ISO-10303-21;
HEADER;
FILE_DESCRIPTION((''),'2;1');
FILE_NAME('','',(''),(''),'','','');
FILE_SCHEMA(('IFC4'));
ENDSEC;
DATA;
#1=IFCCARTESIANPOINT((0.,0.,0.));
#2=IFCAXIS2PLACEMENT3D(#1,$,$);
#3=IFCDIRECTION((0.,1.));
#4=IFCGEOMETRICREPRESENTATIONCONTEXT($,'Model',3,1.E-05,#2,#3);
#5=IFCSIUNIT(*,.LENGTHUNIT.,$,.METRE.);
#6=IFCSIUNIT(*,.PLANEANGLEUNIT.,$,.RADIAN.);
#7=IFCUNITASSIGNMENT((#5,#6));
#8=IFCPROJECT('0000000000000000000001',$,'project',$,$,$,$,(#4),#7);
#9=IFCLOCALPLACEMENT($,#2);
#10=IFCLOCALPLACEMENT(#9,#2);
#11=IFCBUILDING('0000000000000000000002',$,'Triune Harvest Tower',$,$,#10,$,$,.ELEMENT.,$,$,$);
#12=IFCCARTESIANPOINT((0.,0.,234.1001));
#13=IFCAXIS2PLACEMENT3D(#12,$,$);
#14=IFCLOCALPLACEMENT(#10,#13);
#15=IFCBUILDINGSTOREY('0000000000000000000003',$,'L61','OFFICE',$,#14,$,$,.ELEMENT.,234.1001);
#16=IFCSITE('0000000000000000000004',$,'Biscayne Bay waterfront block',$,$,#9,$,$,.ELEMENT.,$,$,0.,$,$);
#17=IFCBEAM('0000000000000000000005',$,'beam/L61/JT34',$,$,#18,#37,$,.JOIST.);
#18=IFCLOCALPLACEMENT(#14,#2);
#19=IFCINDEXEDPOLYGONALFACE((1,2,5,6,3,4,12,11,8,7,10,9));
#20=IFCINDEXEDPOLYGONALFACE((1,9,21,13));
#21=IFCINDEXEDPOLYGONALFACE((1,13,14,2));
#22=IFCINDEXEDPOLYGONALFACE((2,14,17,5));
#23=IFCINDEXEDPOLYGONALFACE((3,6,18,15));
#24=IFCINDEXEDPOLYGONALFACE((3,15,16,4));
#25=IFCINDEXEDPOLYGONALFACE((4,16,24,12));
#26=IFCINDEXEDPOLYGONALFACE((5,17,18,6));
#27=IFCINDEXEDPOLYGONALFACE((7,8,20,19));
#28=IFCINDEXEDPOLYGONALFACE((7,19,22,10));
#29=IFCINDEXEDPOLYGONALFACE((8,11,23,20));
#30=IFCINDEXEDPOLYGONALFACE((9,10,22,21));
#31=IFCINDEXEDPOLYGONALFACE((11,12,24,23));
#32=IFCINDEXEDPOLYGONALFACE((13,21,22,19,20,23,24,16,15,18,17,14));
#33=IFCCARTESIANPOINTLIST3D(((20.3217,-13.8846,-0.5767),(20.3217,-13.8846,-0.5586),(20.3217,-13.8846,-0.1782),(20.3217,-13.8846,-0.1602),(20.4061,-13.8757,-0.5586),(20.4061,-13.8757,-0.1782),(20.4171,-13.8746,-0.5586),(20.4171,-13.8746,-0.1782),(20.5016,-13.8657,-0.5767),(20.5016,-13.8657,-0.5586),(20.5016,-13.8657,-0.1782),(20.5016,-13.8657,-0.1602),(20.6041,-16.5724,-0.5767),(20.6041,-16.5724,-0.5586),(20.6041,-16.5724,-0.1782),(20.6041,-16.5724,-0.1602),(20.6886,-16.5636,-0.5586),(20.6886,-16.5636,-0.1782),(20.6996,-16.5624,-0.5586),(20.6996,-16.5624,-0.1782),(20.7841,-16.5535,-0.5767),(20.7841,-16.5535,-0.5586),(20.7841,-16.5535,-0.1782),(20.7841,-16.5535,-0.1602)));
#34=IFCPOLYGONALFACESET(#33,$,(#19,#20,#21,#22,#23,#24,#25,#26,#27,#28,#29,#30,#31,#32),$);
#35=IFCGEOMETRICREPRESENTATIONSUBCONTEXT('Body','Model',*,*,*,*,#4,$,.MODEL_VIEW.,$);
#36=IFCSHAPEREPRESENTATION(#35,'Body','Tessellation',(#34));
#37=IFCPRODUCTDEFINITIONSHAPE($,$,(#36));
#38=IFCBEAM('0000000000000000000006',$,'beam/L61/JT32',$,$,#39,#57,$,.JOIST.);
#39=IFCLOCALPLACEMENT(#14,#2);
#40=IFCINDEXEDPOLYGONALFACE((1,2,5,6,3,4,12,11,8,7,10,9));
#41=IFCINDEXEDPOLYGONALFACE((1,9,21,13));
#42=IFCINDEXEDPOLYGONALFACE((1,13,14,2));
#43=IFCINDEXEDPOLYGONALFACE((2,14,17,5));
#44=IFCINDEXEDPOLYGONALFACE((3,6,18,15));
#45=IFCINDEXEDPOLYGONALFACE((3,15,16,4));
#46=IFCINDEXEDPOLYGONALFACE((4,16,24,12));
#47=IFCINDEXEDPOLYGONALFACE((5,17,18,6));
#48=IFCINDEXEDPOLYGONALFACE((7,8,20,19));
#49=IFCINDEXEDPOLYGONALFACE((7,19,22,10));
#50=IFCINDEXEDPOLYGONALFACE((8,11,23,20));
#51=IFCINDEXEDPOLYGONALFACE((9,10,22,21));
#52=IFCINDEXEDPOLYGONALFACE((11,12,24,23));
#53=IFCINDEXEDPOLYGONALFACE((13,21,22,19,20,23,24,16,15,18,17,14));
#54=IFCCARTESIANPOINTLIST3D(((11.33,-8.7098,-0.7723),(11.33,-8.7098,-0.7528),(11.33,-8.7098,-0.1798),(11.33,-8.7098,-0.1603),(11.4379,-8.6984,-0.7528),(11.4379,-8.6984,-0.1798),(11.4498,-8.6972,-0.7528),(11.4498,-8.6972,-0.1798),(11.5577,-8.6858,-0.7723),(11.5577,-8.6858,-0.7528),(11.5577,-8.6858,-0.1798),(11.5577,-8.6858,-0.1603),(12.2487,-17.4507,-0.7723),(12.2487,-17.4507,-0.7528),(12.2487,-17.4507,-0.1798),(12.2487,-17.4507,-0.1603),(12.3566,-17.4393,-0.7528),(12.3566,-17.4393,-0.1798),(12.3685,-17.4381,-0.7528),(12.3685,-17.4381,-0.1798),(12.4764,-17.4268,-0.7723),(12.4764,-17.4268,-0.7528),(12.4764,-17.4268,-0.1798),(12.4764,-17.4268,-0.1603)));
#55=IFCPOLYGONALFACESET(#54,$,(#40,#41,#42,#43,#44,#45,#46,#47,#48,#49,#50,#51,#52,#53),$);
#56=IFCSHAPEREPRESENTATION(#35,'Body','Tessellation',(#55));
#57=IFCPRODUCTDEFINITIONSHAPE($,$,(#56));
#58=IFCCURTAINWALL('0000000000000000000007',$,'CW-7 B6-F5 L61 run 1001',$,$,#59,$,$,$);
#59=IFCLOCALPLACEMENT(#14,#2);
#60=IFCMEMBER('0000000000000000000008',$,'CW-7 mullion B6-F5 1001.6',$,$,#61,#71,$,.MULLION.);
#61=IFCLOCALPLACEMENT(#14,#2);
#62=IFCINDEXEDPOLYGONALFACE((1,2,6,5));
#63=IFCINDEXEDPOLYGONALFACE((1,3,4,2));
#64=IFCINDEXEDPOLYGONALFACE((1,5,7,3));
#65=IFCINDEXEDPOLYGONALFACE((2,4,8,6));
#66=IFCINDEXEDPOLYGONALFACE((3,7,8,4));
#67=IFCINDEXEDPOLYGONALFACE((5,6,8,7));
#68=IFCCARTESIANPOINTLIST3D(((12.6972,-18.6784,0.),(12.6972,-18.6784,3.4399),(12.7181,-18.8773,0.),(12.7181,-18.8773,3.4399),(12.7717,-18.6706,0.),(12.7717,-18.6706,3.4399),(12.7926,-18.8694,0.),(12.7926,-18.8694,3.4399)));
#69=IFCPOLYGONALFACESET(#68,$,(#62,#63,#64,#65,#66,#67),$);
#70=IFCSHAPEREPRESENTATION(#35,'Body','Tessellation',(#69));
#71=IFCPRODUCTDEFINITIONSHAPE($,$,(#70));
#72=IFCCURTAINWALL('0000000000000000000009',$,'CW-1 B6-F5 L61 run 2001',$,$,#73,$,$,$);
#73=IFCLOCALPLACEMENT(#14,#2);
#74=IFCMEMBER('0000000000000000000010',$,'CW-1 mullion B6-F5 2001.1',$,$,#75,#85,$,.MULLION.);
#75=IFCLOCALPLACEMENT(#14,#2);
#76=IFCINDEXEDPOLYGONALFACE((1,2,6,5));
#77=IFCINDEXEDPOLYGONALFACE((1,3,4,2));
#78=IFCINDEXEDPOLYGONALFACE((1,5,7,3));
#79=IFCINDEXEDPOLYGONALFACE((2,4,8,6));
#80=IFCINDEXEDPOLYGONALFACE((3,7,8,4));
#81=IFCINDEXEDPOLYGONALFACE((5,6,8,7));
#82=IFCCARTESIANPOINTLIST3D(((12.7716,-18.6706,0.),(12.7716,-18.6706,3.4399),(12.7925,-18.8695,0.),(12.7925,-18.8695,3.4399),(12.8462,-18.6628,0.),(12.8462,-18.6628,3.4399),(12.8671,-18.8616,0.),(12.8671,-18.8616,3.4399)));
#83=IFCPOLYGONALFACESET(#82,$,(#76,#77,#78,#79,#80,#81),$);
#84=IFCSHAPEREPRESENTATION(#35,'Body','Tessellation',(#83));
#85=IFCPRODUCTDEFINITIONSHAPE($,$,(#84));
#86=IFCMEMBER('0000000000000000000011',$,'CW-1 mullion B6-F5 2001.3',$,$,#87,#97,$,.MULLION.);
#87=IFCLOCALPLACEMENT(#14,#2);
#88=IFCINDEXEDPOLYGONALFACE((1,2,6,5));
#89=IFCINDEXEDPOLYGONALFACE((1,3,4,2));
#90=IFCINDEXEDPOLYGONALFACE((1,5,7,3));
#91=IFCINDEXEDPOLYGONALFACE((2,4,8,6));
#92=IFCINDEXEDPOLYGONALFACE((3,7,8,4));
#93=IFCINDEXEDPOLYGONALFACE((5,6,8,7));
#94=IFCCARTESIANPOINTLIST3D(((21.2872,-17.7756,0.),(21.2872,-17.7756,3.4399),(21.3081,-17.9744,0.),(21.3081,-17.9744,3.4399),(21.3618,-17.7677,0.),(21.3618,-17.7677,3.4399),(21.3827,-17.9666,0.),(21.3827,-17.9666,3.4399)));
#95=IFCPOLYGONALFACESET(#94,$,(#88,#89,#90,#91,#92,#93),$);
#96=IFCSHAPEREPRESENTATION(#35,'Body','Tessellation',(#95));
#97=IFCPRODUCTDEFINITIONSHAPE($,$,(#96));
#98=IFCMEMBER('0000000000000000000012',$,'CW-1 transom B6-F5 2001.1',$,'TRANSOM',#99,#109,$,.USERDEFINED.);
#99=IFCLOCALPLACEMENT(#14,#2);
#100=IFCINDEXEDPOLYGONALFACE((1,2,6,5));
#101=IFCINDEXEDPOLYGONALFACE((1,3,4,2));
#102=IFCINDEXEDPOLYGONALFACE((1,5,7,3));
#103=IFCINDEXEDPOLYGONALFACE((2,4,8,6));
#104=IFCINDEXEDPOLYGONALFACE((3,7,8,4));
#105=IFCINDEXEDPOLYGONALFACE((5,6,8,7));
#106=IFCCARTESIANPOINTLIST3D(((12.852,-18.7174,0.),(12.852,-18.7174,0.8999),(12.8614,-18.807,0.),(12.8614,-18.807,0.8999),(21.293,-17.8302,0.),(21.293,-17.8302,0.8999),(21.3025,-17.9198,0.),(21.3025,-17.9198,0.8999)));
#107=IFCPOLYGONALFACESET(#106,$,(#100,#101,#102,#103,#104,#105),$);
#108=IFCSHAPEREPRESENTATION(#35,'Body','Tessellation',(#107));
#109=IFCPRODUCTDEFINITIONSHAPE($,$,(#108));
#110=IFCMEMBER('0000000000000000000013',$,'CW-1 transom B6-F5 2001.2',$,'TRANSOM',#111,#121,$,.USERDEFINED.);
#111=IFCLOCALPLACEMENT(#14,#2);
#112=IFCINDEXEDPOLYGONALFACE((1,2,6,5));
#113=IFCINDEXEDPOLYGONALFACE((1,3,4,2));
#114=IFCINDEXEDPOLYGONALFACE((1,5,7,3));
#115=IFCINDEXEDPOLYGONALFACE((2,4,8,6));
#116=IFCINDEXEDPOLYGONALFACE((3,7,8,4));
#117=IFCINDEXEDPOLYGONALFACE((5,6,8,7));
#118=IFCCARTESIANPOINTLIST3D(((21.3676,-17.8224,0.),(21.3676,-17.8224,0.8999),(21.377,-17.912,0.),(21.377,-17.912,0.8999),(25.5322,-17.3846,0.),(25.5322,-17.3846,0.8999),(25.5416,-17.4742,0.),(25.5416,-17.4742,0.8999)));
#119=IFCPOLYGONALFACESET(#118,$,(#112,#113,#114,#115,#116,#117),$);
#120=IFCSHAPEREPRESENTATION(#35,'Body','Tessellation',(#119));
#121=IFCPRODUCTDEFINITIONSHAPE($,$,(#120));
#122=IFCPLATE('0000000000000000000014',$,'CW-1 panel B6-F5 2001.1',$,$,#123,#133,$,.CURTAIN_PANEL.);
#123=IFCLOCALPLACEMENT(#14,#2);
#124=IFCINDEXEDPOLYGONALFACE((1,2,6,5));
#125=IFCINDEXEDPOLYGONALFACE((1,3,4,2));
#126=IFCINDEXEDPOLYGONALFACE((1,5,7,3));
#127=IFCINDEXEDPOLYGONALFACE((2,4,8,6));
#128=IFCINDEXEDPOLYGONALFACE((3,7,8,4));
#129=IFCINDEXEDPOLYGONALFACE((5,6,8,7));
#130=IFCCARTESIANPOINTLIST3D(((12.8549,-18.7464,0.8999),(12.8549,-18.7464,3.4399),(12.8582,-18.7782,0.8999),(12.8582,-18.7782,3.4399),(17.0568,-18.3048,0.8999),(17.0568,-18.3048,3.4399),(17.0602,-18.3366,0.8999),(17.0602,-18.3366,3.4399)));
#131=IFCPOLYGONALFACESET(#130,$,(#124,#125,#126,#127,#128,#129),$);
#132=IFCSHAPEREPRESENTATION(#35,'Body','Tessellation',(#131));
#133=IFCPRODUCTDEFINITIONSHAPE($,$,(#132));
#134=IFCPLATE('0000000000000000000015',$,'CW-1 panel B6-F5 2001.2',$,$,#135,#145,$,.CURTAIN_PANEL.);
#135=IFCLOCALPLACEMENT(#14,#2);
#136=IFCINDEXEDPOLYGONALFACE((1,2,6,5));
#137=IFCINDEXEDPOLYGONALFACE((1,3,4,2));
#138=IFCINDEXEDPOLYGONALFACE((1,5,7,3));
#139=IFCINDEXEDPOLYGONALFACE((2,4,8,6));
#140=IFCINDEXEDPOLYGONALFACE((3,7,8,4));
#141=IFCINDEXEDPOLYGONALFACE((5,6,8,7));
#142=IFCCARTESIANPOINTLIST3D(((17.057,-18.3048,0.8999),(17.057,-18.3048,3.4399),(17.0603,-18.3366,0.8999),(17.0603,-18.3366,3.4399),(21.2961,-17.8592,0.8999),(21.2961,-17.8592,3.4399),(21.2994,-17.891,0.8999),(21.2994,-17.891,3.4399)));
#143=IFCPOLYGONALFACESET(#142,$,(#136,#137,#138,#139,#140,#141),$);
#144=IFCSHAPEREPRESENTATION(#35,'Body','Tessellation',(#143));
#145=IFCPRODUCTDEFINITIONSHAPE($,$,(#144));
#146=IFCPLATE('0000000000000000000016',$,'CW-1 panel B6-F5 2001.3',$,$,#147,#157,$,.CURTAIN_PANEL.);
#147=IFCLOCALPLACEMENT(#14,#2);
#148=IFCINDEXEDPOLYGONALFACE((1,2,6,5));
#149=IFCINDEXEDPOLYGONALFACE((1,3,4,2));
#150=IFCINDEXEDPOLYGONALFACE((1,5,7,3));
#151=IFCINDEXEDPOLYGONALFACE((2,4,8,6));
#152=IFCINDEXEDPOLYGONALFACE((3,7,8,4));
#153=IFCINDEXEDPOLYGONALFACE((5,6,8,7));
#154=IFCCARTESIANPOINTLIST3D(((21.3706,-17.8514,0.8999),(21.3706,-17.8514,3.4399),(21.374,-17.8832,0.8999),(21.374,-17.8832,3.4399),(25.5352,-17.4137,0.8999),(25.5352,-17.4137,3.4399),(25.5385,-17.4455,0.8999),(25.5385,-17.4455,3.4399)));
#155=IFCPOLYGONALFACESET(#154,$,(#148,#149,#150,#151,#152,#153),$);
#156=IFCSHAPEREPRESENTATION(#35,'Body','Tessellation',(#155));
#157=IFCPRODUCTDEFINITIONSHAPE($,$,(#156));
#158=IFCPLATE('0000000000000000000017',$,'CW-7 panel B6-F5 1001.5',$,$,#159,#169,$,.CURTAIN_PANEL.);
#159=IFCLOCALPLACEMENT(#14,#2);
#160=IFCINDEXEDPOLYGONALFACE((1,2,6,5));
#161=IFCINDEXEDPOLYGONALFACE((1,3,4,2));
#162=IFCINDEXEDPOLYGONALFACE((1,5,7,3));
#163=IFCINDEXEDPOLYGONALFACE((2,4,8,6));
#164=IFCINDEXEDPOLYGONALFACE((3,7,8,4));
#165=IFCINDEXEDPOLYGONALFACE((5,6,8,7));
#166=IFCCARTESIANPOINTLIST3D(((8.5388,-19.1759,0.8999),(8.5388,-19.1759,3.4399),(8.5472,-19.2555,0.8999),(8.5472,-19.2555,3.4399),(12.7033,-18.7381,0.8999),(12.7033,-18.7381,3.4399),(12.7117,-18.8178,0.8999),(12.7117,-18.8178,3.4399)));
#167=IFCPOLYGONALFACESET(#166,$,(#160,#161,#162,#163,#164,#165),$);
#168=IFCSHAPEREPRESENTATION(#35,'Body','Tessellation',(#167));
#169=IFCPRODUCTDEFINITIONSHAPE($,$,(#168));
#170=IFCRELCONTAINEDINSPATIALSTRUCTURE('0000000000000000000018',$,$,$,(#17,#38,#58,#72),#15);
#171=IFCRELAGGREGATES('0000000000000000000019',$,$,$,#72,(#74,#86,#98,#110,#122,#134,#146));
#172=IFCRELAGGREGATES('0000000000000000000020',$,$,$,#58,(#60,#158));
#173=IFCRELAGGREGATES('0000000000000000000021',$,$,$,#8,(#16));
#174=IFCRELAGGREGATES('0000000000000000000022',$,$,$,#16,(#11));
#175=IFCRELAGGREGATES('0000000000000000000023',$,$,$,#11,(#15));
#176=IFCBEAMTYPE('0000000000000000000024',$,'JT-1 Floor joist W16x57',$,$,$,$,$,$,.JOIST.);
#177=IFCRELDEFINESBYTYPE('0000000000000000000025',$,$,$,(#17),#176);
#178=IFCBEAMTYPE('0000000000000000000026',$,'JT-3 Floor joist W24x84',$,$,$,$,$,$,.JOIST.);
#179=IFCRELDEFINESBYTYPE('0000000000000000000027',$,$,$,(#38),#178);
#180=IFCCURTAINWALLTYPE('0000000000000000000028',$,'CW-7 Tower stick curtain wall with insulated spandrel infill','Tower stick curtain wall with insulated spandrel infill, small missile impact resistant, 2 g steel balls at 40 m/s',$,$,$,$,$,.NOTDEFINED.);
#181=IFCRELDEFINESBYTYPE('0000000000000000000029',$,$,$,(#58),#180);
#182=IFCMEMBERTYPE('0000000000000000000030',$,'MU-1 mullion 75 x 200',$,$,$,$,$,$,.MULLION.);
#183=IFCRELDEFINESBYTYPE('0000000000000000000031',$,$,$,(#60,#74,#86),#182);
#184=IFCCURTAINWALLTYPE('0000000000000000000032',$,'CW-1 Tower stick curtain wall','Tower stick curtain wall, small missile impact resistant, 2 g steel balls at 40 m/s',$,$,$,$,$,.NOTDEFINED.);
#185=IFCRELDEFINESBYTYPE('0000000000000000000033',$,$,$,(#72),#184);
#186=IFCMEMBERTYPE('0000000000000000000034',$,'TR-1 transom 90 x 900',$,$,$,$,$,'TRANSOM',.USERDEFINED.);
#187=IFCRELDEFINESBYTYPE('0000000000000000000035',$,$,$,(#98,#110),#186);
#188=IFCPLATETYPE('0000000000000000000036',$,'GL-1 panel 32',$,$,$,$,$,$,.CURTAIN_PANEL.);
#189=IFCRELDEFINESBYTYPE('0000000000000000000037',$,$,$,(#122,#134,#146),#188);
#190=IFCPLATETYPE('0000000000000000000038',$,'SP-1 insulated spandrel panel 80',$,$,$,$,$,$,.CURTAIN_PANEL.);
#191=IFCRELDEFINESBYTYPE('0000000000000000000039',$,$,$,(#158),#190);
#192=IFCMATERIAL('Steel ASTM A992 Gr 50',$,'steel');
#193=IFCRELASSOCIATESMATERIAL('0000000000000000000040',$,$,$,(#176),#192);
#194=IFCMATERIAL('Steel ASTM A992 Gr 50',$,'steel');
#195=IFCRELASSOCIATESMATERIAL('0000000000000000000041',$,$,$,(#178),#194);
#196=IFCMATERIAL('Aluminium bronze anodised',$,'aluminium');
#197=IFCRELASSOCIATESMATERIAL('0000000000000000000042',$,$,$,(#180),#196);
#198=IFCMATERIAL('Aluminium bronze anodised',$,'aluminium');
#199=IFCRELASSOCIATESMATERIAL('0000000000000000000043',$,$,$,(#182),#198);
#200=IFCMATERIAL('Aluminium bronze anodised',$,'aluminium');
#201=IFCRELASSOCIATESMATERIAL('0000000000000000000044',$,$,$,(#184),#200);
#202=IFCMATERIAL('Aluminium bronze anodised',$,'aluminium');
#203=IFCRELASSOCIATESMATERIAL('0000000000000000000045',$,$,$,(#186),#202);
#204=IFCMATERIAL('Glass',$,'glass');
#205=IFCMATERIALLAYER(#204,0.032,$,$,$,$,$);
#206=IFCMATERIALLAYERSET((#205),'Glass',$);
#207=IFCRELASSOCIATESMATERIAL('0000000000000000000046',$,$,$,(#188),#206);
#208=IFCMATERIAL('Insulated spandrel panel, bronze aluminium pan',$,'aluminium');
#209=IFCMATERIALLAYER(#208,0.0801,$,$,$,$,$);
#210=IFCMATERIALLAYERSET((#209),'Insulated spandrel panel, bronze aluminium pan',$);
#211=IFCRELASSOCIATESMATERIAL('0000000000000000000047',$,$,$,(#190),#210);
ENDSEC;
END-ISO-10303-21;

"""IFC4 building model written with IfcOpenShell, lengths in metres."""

from ifc_helpers import new_model, si_unit, direction, frame, origin, origin_2d, place, context, subcontext, project, spatial, rectangle, i_section, extrude, source, transform, mapped, material, layer, layer_set, material_profile, profile_set, type_object, element, aggregate, save


model = new_model("IFC4")

# Units and contexts
model_context = context("Model", 3, precision=1e-05, world=origin(), true_north=direction((0.0, 1.0)))
body_context = subcontext(model_context, "Body", "Model", "MODEL_VIEW")
ifc_project = project(units=[si_unit("LENGTHUNIT", "METRE"), si_unit("PLANEANGLEUNIT", "RADIAN")], contexts=[model_context])

# Site, building, storey
site_placement = place(None, origin())
site = spatial("IfcSite", under=ifc_project, at=site_placement, Name="Biscayne Bay waterfront block", CompositionType="ELEMENT", RefElevation=0.0)
building_placement = place(site_placement, origin())
building = spatial("IfcBuilding", under=site, at=building_placement, Name="Triune Harvest Tower", CompositionType="ELEMENT")
storey_placement = place(building_placement, frame((0.0, 0.0, 234.1001)))
storey = spatial("IfcBuildingStorey", under=building, at=storey_placement, Name="L61", Description="OFFICE", CompositionType="ELEMENT", Elevation=234.1001)

# Beams
ifc_material_1 = material(Name="Steel ASTM A992 Gr 50", Category="steel")
ifc_material_profile_1 = material_profile(ifc_material_1, i_section(OverallWidth=0.1809, OverallDepth=0.4165, WebThickness=0.011, FlangeThickness=0.0181, at=origin_2d()), Name="W16x57")
ifc_profile_set_1 = profile_set([ifc_material_profile_1], Name="Steel ASTM A992 Gr 50")
beam_type_1 = type_object("IfcBeamType", Name="JT-1 Floor joist W16x57", PredefinedType="JOIST", material=ifc_profile_set_1)
shared_shape_1 = source(origin(), body_context, "Body", "SweptSolid", [
    extrude(i_section(OverallWidth=0.1809, OverallDepth=0.4165, WebThickness=0.011, FlangeThickness=0.0181, at=origin_2d()), origin(), (0.0, 0.0, 1.0), 2.7026),
])
beam_1_placement = place(storey_placement, frame((20.6941, -16.563, -0.3684), z_axis=(-0.10452, 0.994523, 0.0), x_axis=(-0.994523, -0.10452, 0.0)))
element("IfcBeam", 1, at=beam_1_placement, inside=storey, type_object=beam_type_1, Name="beam/L61/JT34", PredefinedType="JOIST", context=body_context, shape_type="MappedRepresentation", body=[
    mapped(shared_shape_1, transform((0.0, 0.0, 0.0), scale=1.0)),
])
ifc_material_2 = material(Name="Steel ASTM A992 Gr 50", Category="steel")
ifc_material_profile_2 = material_profile(ifc_material_2, i_section(OverallWidth=0.229, OverallDepth=0.6121, WebThickness=0.012, FlangeThickness=0.0195, at=origin_2d()), Name="W24x84")
ifc_profile_set_2 = profile_set([ifc_material_profile_2], Name="Steel ASTM A992 Gr 50")
beam_type_2 = type_object("IfcBeamType", Name="JT-3 Floor joist W24x84", PredefinedType="JOIST", material=ifc_profile_set_2)
shared_shape_2 = source(origin(), body_context, "Body", "SweptSolid", [
    extrude(i_section(OverallWidth=0.229, OverallDepth=0.6121, WebThickness=0.012, FlangeThickness=0.0195, at=origin_2d()), origin(), (0.0, 0.0, 1.0), 8.7891),
])
beam_2_placement = place(storey_placement, frame((12.3625, -17.4387, -0.4663), z_axis=(-0.104527, 0.994522, 0.0), x_axis=(-0.994522, -0.104527, 0.0)))
element("IfcBeam", 2, at=beam_2_placement, inside=storey, type_object=beam_type_2, Name="beam/L61/JT32", PredefinedType="JOIST", context=body_context, shape_type="MappedRepresentation", body=[
    mapped(shared_shape_2, transform((0.0, 0.0, 0.0), scale=1.0)),
])

# Curtain wall, member
ifc_material_3 = material(Name="Aluminium bronze anodised", Category="aluminium")
curtain_wall_type_1 = type_object("IfcCurtainWallType", Name="CW-7 Tower stick curtain wall with insulated spandrel infill", Description="Tower stick curtain wall with insulated spandrel infill, small missile impact resistant, 2 g steel balls at 40 m/s", PredefinedType="NOTDEFINED", material=ifc_material_3)
curtain_wall_1_placement = place(storey_placement, origin())
curtain_wall_1 = element("IfcCurtainWall", 3, at=curtain_wall_1_placement, inside=storey, type_object=curtain_wall_type_1, Name="CW-7 B6-F5 L61 run 1001")
ifc_material_4 = material(Name="Aluminium bronze anodised", Category="aluminium")
ifc_material_profile_3 = material_profile(ifc_material_4, rectangle(XDim=0.2, YDim=0.075, at=origin_2d()), Name="MU-1 mullion 75 x 200")
ifc_profile_set_3 = profile_set([ifc_material_profile_3], Name="Aluminium bronze anodised")
member_type_1 = type_object("IfcMemberType", Name="MU-1 mullion 75 x 200", PredefinedType="MULLION", material=ifc_profile_set_3)
shared_shape_3 = source(origin(), body_context, "Body", "SweptSolid", [
    extrude(rectangle(XDim=0.2, YDim=0.075, at=origin_2d()), origin(), (0.0, 0.0, 1.0), 3.4399),
])
member_1_placement = place(storey_placement, frame((12.7449, -18.7739, 0.0), z_axis=(0.0, 0.0, 1.0), x_axis=(-0.104534, 0.994521, 0.0)))
member_1 = element("IfcMember", 4, at=member_1_placement, type_object=member_type_1, Name="CW-7 mullion B6-F5 1001.6", PredefinedType="MULLION", context=body_context, shape_type="MappedRepresentation", body=[
    mapped(shared_shape_3, transform((0.0, 0.0, 0.0), scale=1.0)),
])

# Curtain wall, members, plates
ifc_material_5 = material(Name="Aluminium bronze anodised", Category="aluminium")
curtain_wall_type_2 = type_object("IfcCurtainWallType", Name="CW-1 Tower stick curtain wall", Description="Tower stick curtain wall, small missile impact resistant, 2 g steel balls at 40 m/s", PredefinedType="NOTDEFINED", material=ifc_material_5)
curtain_wall_2_placement = place(storey_placement, origin())
curtain_wall_2 = element("IfcCurtainWall", 5, at=curtain_wall_2_placement, inside=storey, type_object=curtain_wall_type_2, Name="CW-1 B6-F5 L61 run 2001")
member_2_placement = place(storey_placement, frame((12.8193, -18.7661, 0.0), z_axis=(0.0, 0.0, 1.0), x_axis=(-0.104526, 0.994522, 0.0)))
member_2 = element("IfcMember", 6, at=member_2_placement, type_object=member_type_1, Name="CW-1 mullion B6-F5 2001.1", PredefinedType="MULLION", context=body_context, shape_type="MappedRepresentation", body=[
    mapped(shared_shape_3, transform((0.0, 0.0, 0.0), scale=1.0)),
])
member_3_placement = place(storey_placement, frame((21.335, -17.8711, 0.0), z_axis=(0.0, 0.0, 1.0), x_axis=(-0.104526, 0.994522, 0.0)))
member_3 = element("IfcMember", 7, at=member_3_placement, type_object=member_type_1, Name="CW-1 mullion B6-F5 2001.3", PredefinedType="MULLION", context=body_context, shape_type="MappedRepresentation", body=[
    mapped(shared_shape_3, transform((0.0, 0.0, 0.0), scale=1.0)),
])
ifc_material_6 = material(Name="Aluminium bronze anodised", Category="aluminium")
ifc_material_profile_4 = material_profile(ifc_material_6, rectangle(XDim=0.0901, YDim=0.8999, at=origin_2d()), Name="TR-1 transom 90 x 900")
ifc_profile_set_4 = profile_set([ifc_material_profile_4], Name="Aluminium bronze anodised")
member_type_2 = type_object("IfcMemberType", Name="TR-1 transom 90 x 900", ElementType="TRANSOM", PredefinedType="USERDEFINED", material=ifc_profile_set_4)
shared_shape_4 = source(origin(), body_context, "Body", "SweptSolid", [
    extrude(rectangle(XDim=0.0901, YDim=0.8999, at=origin_2d()), origin(), (0.0, 0.0, 1.0), 8.4875),
])
member_4_placement = place(storey_placement, frame((12.8567, -18.7622, 0.45), z_axis=(0.994522, 0.104529, 0.0), x_axis=(-0.104529, 0.994522, 0.0)))
member_4 = element("IfcMember", 8, at=member_4_placement, type_object=member_type_2, Name="CW-1 transom B6-F5 2001.1", ObjectType="TRANSOM", PredefinedType="USERDEFINED", context=body_context, shape_type="MappedRepresentation", body=[
    mapped(shared_shape_4, transform((0.0, 0.0, 0.0), scale=1.0)),
])
shared_shape_5 = source(origin(), body_context, "Body", "SweptSolid", [
    extrude(rectangle(XDim=0.0901, YDim=0.8999, at=origin_2d()), origin(), (0.0, 0.0, 1.0), 4.1875),
])
member_5_placement = place(storey_placement, frame((21.3723, -17.8672, 0.45), z_axis=(0.994521, 0.104536, 0.0), x_axis=(-0.104536, 0.994521, 0.0)))
member_5 = element("IfcMember", 9, at=member_5_placement, type_object=member_type_2, Name="CW-1 transom B6-F5 2001.2", ObjectType="TRANSOM", PredefinedType="USERDEFINED", context=body_context, shape_type="MappedRepresentation", body=[
    mapped(shared_shape_5, transform((0.0, 0.0, 0.0), scale=1.0)),
])
ifc_material_7 = material(Name="Glass", Category="glass")
ifc_layer_1 = layer(ifc_material_7, 0.032)
ifc_layer_set_1 = layer_set([ifc_layer_1], Name="Glass")
plate_type_1 = type_object("IfcPlateType", Name="GL-1 panel 32", PredefinedType="CURTAIN_PANEL", material=ifc_layer_set_1)
shared_shape_6 = source(origin(), body_context, "Body", "SweptSolid", [
    extrude(rectangle(XDim=4.2251, YDim=0.032, at=origin_2d()), origin(), (0.0, 0.0, 1.0), 2.54),
])
plate_1_placement = place(storey_placement, frame((14.9575, -18.5415, 0.8999), z_axis=(0.0, 0.0, 1.0), x_axis=(0.994522, 0.104526, 0.0)))
plate_1 = element("IfcPlate", 10, at=plate_1_placement, type_object=plate_type_1, Name="CW-1 panel B6-F5 2001.1", PredefinedType="CURTAIN_PANEL", context=body_context, shape_type="MappedRepresentation", body=[
    mapped(shared_shape_6, transform((0.0, 0.0, 0.0), scale=1.0)),
])
shared_shape_7 = source(origin(), body_context, "Body", "SweptSolid", [
    extrude(rectangle(XDim=4.2625, YDim=0.032, at=origin_2d()), origin(), (0.0, 0.0, 1.0), 2.54),
])
plate_2_placement = place(storey_placement, frame((19.1782, -18.0979, 0.8999), z_axis=(0.0, 0.0, 1.0), x_axis=(0.994522, 0.104526, 0.0)))
plate_2 = element("IfcPlate", 11, at=plate_2_placement, type_object=plate_type_1, Name="CW-1 panel B6-F5 2001.2", PredefinedType="CURTAIN_PANEL", context=body_context, shape_type="MappedRepresentation", body=[
    mapped(shared_shape_7, transform((0.0, 0.0, 0.0), scale=1.0)),
])
shared_shape_8 = source(origin(), body_context, "Body", "SweptSolid", [
    extrude(rectangle(XDim=4.1875, YDim=0.032, at=origin_2d()), origin(), (0.0, 0.0, 1.0), 2.54),
])
plate_3_placement = place(storey_placement, frame((23.4546, -17.6484, 0.8999), z_axis=(0.0, 0.0, 1.0), x_axis=(0.994522, 0.104526, 0.0)))
plate_3 = element("IfcPlate", 12, at=plate_3_placement, type_object=plate_type_1, Name="CW-1 panel B6-F5 2001.3", PredefinedType="CURTAIN_PANEL", context=body_context, shape_type="MappedRepresentation", body=[
    mapped(shared_shape_8, transform((0.0, 0.0, 0.0), scale=1.0)),
])
aggregate(curtain_wall_2, [member_2, member_3, member_4, member_5, plate_1, plate_2, plate_3])

# Plate
ifc_material_8 = material(Name="Insulated spandrel panel, bronze aluminium pan", Category="aluminium")
ifc_layer_2 = layer(ifc_material_8, 0.0801)
ifc_layer_set_2 = layer_set([ifc_layer_2], Name="Insulated spandrel panel, bronze aluminium pan")
plate_type_2 = type_object("IfcPlateType", Name="SP-1 insulated spandrel panel 80", PredefinedType="CURTAIN_PANEL", material=ifc_layer_set_2)
shared_shape_9 = source(origin(), body_context, "Body", "SweptSolid", [
    extrude(rectangle(XDim=4.1875, YDim=0.0801, at=origin_2d()), origin(), (0.0, 0.0, 1.0), 2.54),
])
plate_4_placement = place(storey_placement, frame((10.6252, -18.9968, 0.8999), z_axis=(0.0, 0.0, 1.0), x_axis=(0.994521, 0.104534, 0.0)))
plate_4 = element("IfcPlate", 13, at=plate_4_placement, type_object=plate_type_2, Name="CW-7 panel B6-F5 1001.5", PredefinedType="CURTAIN_PANEL", context=body_context, shape_type="MappedRepresentation", body=[
    mapped(shared_shape_9, transform((0.0, 0.0, 0.0), scale=1.0)),
])
aggregate(curtain_wall_1, [member_1, plate_4])

save(model, "model.ifc")
